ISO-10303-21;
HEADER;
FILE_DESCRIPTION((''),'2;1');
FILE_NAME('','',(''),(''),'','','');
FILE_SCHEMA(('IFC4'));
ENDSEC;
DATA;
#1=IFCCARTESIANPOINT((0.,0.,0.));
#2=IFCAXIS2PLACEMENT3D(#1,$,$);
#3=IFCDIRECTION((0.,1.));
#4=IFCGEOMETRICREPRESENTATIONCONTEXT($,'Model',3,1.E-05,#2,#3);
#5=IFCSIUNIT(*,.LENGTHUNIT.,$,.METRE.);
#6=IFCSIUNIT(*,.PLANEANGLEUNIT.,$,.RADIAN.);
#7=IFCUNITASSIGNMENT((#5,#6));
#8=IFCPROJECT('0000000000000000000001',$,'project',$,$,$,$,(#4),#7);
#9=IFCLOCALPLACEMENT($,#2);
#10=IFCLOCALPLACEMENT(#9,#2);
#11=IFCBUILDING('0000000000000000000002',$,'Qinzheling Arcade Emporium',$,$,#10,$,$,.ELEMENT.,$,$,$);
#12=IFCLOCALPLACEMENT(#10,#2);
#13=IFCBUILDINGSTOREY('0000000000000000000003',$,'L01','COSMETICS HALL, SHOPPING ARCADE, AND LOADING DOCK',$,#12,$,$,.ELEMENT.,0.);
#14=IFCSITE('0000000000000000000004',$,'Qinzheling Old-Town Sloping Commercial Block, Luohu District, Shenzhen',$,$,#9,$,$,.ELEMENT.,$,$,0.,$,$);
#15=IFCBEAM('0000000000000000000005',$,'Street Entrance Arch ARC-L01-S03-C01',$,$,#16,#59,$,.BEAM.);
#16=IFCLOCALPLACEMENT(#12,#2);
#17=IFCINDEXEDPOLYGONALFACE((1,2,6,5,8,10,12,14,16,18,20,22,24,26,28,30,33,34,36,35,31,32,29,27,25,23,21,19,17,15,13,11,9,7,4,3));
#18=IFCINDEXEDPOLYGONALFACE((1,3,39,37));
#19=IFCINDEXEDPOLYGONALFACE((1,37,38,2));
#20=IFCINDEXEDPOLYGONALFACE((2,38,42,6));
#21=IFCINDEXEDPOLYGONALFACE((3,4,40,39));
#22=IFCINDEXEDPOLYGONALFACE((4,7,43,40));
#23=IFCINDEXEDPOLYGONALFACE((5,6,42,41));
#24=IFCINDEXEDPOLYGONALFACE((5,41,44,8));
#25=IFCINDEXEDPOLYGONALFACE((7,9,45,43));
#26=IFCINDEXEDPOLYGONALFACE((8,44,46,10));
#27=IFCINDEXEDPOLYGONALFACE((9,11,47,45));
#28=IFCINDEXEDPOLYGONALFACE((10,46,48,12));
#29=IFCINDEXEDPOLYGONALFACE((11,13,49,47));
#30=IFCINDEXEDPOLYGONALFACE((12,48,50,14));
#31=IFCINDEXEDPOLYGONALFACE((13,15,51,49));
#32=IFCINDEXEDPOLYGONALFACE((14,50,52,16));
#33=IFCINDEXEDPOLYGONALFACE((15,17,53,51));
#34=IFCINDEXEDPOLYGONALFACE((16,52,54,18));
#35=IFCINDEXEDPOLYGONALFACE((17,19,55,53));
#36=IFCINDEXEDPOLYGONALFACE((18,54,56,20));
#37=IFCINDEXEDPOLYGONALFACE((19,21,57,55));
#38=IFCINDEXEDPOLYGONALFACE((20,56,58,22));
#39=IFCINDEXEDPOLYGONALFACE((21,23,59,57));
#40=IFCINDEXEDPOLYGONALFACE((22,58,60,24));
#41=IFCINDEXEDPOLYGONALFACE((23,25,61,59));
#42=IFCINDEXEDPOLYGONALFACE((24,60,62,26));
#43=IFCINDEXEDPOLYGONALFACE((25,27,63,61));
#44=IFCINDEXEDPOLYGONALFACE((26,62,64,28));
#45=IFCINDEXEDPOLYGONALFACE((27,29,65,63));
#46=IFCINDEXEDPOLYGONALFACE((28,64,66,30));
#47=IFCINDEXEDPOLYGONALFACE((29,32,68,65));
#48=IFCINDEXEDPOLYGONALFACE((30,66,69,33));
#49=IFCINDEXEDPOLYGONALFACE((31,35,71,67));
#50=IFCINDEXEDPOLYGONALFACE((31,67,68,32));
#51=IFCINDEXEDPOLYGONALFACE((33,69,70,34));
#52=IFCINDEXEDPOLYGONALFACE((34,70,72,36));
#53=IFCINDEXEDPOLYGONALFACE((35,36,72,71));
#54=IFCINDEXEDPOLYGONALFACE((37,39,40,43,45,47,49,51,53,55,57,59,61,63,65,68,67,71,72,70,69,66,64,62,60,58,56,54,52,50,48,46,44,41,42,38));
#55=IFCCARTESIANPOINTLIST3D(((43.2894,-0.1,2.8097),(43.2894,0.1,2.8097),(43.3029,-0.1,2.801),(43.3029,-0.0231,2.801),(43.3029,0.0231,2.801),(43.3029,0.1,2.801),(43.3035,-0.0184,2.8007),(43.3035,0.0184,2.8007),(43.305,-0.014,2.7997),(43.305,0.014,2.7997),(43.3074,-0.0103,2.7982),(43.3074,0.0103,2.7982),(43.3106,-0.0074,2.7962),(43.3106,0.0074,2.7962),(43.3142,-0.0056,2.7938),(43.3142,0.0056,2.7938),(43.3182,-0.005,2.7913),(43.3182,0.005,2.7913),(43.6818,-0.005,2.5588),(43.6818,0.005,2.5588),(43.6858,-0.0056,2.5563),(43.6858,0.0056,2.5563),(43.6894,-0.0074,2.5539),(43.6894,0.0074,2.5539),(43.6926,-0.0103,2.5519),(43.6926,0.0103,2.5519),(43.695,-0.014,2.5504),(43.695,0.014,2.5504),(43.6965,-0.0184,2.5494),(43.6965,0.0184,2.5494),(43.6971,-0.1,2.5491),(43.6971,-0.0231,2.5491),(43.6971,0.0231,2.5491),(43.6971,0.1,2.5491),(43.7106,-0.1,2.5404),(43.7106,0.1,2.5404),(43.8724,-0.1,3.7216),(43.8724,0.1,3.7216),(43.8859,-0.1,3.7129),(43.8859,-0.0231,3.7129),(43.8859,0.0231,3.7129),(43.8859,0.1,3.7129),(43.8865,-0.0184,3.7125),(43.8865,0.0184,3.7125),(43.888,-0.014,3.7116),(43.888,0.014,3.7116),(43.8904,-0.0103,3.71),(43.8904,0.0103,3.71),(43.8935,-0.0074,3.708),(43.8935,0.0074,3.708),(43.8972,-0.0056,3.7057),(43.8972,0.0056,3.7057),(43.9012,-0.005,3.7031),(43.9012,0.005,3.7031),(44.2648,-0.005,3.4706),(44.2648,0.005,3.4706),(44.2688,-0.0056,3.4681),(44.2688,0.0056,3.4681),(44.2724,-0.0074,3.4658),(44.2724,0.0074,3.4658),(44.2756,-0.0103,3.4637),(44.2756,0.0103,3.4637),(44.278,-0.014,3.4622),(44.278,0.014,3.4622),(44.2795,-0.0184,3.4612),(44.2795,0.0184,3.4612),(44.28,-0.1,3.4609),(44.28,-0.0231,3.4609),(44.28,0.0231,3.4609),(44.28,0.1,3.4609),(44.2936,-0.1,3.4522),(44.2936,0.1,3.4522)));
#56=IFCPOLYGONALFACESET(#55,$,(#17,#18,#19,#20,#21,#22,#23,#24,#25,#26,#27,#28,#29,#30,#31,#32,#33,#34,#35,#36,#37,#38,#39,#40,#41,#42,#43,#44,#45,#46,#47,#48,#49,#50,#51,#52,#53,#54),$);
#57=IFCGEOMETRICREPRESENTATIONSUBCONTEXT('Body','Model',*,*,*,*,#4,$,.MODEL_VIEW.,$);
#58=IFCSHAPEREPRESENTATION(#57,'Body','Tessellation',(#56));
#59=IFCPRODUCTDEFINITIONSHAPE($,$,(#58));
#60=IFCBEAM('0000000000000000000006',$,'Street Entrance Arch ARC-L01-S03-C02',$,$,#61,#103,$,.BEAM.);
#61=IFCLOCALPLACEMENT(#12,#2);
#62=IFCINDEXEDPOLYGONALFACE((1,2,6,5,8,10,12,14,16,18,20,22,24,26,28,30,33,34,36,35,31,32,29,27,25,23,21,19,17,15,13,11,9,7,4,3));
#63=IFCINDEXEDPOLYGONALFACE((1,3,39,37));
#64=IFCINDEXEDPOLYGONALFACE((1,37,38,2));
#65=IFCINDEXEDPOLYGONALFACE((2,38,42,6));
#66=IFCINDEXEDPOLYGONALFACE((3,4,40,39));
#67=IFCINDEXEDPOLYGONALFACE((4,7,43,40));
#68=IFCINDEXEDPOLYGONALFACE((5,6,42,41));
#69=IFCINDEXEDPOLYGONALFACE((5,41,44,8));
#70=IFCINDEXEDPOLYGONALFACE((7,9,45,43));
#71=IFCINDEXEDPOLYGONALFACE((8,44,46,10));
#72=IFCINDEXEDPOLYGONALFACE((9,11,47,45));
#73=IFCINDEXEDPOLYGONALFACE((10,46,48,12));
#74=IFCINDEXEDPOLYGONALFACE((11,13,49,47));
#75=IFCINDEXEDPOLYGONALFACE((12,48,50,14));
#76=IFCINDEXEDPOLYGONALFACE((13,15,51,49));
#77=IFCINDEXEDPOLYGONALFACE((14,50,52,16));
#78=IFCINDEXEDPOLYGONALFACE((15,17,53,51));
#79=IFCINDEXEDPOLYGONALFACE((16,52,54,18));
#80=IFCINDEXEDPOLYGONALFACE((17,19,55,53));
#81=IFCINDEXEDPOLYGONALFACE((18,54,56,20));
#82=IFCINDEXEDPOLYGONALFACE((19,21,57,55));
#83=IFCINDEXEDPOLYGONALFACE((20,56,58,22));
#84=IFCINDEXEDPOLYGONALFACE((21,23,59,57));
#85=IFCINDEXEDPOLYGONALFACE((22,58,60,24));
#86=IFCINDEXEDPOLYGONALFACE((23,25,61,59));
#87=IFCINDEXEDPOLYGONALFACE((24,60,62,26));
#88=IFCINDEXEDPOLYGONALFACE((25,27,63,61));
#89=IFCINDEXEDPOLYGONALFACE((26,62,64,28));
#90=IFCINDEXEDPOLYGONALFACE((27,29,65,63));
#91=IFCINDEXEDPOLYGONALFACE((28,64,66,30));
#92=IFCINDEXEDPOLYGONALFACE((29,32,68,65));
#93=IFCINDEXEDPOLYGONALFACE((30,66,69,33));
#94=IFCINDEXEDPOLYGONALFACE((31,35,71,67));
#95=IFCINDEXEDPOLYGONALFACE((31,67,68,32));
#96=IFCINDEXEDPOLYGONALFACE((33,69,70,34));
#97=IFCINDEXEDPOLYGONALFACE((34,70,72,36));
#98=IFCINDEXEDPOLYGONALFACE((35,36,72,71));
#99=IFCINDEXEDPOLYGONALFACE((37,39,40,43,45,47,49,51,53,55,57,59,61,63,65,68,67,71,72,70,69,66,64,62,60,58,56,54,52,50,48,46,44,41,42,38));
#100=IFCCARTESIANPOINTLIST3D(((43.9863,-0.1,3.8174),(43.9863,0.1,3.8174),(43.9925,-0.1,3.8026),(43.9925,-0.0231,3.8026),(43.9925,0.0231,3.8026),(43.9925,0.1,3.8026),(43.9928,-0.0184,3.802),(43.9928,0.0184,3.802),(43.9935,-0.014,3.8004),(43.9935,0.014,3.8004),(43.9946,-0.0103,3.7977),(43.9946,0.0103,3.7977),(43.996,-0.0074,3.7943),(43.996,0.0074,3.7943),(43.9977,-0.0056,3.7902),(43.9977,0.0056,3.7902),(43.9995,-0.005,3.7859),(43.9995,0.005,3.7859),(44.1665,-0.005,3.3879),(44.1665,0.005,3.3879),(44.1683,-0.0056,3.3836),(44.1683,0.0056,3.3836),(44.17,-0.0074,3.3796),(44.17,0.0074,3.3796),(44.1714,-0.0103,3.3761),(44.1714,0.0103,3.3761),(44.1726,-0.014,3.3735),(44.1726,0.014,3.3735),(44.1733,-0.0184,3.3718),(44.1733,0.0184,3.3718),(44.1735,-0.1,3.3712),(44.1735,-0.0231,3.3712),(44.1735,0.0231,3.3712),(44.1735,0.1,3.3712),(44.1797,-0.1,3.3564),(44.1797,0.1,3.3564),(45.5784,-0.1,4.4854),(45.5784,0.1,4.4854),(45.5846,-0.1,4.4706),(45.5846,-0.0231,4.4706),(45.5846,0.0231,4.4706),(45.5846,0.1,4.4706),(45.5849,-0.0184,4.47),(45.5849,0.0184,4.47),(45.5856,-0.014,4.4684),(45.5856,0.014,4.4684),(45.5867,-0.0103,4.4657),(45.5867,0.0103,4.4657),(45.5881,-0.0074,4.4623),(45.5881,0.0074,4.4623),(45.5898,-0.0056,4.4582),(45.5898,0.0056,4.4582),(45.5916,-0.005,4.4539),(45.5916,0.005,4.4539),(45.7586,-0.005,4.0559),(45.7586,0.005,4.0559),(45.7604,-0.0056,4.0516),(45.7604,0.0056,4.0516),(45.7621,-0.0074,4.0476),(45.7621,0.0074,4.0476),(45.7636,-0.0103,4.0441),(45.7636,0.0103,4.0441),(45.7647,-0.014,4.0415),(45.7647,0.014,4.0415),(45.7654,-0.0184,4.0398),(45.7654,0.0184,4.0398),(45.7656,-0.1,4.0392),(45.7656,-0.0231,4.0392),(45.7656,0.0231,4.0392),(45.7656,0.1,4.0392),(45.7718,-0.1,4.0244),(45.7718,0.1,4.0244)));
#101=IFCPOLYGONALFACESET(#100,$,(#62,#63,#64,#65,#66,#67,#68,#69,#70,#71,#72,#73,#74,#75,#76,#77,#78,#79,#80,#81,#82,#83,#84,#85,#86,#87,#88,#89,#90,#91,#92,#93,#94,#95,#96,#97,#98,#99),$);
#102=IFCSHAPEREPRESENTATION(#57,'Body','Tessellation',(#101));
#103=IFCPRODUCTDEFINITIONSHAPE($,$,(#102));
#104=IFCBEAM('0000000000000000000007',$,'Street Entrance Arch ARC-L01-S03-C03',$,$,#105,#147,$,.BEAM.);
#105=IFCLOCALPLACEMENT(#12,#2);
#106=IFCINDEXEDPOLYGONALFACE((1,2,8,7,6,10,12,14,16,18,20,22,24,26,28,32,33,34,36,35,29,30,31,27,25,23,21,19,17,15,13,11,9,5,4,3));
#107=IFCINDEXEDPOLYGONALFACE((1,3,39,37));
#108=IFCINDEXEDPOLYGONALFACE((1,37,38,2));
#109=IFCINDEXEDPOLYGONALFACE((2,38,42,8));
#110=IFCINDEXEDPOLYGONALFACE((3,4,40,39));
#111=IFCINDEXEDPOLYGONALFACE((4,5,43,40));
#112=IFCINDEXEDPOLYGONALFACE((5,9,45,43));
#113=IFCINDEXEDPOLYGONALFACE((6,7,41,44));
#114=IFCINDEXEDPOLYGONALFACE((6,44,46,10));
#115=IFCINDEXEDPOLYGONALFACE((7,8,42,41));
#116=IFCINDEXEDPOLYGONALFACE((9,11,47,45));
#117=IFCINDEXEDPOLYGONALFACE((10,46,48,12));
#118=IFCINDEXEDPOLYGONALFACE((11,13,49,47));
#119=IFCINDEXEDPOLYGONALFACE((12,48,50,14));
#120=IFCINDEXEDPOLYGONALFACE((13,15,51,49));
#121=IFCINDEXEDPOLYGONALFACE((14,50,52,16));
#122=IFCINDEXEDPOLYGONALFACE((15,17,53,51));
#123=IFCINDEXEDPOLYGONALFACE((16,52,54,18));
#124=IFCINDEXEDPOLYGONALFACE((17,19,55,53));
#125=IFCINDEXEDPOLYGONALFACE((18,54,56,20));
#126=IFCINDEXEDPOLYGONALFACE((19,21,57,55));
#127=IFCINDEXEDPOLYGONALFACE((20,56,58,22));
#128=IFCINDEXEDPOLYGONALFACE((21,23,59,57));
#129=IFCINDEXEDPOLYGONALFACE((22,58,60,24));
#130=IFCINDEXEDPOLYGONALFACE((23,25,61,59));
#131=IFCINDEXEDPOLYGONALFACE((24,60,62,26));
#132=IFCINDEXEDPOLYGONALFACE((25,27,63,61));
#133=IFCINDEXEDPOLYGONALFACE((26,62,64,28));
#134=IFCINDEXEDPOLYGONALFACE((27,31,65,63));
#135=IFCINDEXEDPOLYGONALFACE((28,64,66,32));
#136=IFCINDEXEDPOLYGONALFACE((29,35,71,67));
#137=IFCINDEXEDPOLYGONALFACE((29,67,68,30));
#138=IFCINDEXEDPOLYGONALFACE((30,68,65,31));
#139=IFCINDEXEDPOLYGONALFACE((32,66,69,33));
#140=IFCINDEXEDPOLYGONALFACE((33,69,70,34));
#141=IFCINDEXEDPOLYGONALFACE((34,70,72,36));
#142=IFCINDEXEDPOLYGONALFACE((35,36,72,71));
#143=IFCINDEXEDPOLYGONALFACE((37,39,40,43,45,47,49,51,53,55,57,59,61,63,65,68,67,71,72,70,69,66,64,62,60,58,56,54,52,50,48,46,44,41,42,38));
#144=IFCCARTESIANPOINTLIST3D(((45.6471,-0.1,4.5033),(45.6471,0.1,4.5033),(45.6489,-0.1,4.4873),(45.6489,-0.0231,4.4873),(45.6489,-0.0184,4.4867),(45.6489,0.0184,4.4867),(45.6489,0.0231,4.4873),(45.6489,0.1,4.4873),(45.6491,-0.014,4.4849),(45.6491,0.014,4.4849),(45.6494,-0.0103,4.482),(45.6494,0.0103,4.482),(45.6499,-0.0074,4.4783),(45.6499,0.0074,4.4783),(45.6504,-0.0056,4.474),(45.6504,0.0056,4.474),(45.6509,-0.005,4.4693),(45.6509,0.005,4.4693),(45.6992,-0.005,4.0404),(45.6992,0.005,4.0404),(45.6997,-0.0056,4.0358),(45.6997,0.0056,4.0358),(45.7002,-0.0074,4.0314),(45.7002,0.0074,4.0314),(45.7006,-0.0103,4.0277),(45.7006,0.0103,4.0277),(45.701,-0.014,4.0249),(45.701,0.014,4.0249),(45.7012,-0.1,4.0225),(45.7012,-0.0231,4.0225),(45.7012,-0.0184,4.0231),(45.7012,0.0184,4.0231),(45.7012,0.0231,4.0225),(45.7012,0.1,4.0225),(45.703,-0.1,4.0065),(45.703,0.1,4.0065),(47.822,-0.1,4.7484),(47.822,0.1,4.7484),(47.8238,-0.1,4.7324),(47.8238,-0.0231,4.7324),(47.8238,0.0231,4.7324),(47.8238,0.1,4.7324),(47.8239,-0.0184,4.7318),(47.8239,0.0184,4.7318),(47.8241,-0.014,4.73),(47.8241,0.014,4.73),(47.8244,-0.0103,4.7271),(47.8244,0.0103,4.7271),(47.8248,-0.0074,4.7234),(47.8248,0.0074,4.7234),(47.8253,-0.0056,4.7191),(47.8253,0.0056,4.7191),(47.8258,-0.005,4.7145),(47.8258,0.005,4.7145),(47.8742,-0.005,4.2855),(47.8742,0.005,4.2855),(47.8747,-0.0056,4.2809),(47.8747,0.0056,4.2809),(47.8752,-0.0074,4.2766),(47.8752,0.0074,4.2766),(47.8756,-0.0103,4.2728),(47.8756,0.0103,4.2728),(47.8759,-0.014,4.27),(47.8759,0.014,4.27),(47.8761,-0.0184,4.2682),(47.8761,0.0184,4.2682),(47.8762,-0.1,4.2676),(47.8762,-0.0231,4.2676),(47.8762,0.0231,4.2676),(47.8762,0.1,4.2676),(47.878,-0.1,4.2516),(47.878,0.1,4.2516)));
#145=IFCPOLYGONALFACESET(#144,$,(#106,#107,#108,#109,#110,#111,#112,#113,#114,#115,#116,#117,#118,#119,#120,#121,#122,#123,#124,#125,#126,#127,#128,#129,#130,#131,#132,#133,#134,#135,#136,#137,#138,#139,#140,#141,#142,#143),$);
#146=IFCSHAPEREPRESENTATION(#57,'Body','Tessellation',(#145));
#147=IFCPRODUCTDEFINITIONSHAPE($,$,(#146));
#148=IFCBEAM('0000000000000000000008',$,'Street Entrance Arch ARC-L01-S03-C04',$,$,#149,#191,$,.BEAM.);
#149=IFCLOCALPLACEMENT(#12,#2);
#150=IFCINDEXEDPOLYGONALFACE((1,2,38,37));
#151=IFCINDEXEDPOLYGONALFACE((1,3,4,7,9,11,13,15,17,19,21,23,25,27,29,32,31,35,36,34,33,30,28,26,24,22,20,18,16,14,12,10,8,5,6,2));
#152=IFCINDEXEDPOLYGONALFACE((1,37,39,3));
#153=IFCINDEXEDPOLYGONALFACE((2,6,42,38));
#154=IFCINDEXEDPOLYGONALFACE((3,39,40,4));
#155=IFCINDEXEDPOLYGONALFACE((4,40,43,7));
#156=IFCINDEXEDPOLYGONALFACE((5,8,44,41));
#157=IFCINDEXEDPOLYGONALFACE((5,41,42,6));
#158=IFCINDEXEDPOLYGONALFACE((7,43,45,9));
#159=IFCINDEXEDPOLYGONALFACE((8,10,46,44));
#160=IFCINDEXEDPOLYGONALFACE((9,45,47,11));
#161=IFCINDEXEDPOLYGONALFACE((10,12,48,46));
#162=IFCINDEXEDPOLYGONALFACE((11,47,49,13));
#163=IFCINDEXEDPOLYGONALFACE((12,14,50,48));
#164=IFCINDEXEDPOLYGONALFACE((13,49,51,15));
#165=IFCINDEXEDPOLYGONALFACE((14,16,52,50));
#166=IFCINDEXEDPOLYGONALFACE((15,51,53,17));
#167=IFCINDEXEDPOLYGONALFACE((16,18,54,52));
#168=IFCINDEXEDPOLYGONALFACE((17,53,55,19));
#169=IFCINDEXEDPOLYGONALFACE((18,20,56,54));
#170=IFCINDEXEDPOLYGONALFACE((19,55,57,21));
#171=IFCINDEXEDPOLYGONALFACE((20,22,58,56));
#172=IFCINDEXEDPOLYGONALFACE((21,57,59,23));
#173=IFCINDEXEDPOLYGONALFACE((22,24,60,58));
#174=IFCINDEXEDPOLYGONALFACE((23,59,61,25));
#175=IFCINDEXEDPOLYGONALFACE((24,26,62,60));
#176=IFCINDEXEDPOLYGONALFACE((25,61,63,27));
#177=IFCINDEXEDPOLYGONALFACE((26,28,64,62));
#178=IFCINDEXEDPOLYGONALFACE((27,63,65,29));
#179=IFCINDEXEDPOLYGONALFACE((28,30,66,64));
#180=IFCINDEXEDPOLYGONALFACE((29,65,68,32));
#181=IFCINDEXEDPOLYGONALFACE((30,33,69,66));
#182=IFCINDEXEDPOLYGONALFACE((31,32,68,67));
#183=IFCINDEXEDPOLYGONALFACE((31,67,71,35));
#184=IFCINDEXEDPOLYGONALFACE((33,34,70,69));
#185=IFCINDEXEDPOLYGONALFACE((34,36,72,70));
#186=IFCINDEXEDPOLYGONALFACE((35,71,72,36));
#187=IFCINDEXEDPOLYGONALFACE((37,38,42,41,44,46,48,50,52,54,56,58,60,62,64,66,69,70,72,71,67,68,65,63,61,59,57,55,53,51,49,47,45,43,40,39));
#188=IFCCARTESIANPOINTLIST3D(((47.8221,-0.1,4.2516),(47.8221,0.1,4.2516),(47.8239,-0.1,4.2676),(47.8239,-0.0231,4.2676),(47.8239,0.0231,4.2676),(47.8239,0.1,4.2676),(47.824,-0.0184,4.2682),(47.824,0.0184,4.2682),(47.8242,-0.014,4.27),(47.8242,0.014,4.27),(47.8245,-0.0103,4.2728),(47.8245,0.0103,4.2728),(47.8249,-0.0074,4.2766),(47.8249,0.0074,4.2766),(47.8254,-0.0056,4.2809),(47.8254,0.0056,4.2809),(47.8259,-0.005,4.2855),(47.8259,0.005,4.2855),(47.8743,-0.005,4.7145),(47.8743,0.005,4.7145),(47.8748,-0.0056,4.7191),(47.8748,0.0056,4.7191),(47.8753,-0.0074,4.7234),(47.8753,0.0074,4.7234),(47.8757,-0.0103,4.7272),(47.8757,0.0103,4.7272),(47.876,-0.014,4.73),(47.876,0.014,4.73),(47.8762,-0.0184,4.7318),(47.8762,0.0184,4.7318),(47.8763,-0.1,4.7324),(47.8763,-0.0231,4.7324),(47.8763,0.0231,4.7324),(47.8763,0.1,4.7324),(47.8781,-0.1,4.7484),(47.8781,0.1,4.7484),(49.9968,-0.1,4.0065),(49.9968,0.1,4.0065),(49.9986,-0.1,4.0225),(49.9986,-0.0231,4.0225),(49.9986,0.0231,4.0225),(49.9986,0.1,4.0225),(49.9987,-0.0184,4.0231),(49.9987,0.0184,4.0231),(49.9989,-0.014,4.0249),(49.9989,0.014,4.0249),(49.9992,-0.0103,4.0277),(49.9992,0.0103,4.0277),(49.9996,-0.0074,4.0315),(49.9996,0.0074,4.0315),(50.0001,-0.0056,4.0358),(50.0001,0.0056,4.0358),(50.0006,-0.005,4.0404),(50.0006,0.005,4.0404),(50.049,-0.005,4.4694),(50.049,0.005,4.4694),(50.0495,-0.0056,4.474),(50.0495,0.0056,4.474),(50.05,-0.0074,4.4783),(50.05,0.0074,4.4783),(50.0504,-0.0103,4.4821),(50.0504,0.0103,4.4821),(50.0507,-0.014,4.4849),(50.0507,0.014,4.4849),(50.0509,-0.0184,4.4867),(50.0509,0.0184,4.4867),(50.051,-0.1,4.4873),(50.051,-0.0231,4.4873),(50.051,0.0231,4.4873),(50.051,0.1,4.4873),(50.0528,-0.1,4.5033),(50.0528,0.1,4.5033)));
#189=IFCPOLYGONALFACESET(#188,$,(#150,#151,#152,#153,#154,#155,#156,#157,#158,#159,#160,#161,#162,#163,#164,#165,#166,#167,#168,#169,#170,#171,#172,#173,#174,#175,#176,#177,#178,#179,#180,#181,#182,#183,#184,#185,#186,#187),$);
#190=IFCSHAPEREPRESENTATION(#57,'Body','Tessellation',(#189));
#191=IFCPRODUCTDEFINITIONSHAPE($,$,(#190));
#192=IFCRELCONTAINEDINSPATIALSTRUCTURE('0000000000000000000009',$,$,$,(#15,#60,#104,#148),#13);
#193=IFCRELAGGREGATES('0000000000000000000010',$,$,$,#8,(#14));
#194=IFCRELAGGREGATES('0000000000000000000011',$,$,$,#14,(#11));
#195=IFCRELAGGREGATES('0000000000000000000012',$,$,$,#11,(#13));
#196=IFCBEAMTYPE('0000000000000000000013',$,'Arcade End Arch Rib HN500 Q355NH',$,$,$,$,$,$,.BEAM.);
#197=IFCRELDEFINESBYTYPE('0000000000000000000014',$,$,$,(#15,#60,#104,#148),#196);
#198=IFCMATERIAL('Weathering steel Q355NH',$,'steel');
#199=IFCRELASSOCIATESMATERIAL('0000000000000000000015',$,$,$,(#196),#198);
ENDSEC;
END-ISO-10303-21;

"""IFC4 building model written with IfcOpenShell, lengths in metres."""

from ifc_helpers import new_model, si_unit, direction, frame, origin, origin_2d, place, context, subcontext, project, spatial, i_section, extrude, material, material_profile, profile_set, type_object, element, save


model = new_model("IFC4")

# Units and contexts
model_context = context("Model", 3, precision=1e-05, world=origin(), true_north=direction((0.0, 1.0)))
body_context = subcontext(model_context, "Body", "Model", "MODEL_VIEW")
ifc_project = project(units=[si_unit("LENGTHUNIT", "METRE"), si_unit("PLANEANGLEUNIT", "RADIAN")], contexts=[model_context])

# Site, building, storey
site_placement = place(None, origin())
site = spatial("IfcSite", under=ifc_project, at=site_placement, Name="Qinzheling Old-Town Sloping Commercial Block, Luohu District, Shenzhen", CompositionType="ELEMENT", RefElevation=0.0)
building_placement = place(site_placement, origin())
building = spatial("IfcBuilding", under=site, at=building_placement, Name="Qinzheling Arcade Emporium", CompositionType="ELEMENT")
storey_placement = place(building_placement, origin())
storey = spatial("IfcBuildingStorey", under=building, at=storey_placement, Name="L01", Description="COSMETICS HALL, SHOPPING ARCADE, AND LOADING DOCK", CompositionType="ELEMENT", Elevation=0.0)

# Beams
ifc_material_1 = material(Name="Weathering steel Q355NH", Category="steel")
ifc_material_profile_1 = material_profile(ifc_material_1, i_section(OverallWidth=0.2, OverallDepth=0.5, WebThickness=0.01, FlangeThickness=0.0161, FilletRadius=0.0181, at=origin_2d()), Name="HN 500x200x10x16", Category="steel")
ifc_profile_set_1 = profile_set([ifc_material_profile_1], Name="Weathering steel Q355NH")
beam_type_1 = type_object("IfcBeamType", Name="Arcade End Arch Rib HN500 Q355NH", PredefinedType="BEAM", material=ifc_profile_set_1)
for number, where, z_axis, x_axis, name in (
    (1, (43.5, 0.0, 2.675), (0.53867, 0.0, 0.842517), (0.0, 1.0, 0.0), "Street Entrance Arch ARC-L01-S03-C01"),
):
    element("IfcBeam", number, at=place(storey_placement, frame(where, z_axis=z_axis, x_axis=x_axis)), inside=storey, type_object=beam_type_1, Name=name, PredefinedType="BEAM", context=body_context, shape_type="SweptSolid", body=[
        extrude(i_section(OverallWidth=0.2, OverallDepth=0.5, WebThickness=0.01, FlangeThickness=0.0161, FilletRadius=0.0181, at=origin_2d()), origin(), (0.0, 0.0, 1.0), 1.0823),
    ])
beam_1_placement = place(storey_placement, frame((44.083, 0.0, 3.5869), z_axis=(0.922124, 0.0, 0.386893), x_axis=(0.0, 1.0, 0.0)))
element("IfcBeam", 2, at=beam_1_placement, inside=storey, type_object=beam_type_1, Name="Street Entrance Arch ARC-L01-S03-C02", PredefinedType="BEAM", context=body_context, shape_type="SweptSolid", body=[
    extrude(i_section(OverallWidth=0.2, OverallDepth=0.5, WebThickness=0.01, FlangeThickness=0.0161, FilletRadius=0.0181, at=origin_2d()), origin(), (0.0, 0.0, 1.0), 1.7266),
])
beam_2_placement = place(storey_placement, frame((45.675, 0.0, 4.2549), z_axis=(0.99371, 0.0, 0.111986), x_axis=(0.0, 1.0, 0.0)))
element("IfcBeam", 3, at=beam_2_placement, inside=storey, type_object=beam_type_1, Name="Street Entrance Arch ARC-L01-S03-C03", PredefinedType="BEAM", context=body_context, shape_type="SweptSolid", body=[
    extrude(i_section(OverallWidth=0.2, OverallDepth=0.5, WebThickness=0.01, FlangeThickness=0.0161, FilletRadius=0.0181, at=origin_2d()), origin(), (0.0, 0.0, 1.0), 2.1887),
])
beam_3_placement = place(storey_placement, frame((47.8501, 0.0, 4.5), z_axis=(0.993708, 0.0, -0.111999), x_axis=(0.0, 1.0, 0.0)))
element("IfcBeam", 4, at=beam_3_placement, inside=storey, type_object=beam_type_1, Name="Street Entrance Arch ARC-L01-S03-C04", PredefinedType="BEAM", context=body_context, shape_type="SweptSolid", body=[
    extrude(i_section(OverallWidth=0.2, OverallDepth=0.5, WebThickness=0.01, FlangeThickness=0.0161, FilletRadius=0.0181, at=origin_2d()), origin(), (0.0, 0.0, 1.0), 2.1885),
])

save(model, "model.ifc")
